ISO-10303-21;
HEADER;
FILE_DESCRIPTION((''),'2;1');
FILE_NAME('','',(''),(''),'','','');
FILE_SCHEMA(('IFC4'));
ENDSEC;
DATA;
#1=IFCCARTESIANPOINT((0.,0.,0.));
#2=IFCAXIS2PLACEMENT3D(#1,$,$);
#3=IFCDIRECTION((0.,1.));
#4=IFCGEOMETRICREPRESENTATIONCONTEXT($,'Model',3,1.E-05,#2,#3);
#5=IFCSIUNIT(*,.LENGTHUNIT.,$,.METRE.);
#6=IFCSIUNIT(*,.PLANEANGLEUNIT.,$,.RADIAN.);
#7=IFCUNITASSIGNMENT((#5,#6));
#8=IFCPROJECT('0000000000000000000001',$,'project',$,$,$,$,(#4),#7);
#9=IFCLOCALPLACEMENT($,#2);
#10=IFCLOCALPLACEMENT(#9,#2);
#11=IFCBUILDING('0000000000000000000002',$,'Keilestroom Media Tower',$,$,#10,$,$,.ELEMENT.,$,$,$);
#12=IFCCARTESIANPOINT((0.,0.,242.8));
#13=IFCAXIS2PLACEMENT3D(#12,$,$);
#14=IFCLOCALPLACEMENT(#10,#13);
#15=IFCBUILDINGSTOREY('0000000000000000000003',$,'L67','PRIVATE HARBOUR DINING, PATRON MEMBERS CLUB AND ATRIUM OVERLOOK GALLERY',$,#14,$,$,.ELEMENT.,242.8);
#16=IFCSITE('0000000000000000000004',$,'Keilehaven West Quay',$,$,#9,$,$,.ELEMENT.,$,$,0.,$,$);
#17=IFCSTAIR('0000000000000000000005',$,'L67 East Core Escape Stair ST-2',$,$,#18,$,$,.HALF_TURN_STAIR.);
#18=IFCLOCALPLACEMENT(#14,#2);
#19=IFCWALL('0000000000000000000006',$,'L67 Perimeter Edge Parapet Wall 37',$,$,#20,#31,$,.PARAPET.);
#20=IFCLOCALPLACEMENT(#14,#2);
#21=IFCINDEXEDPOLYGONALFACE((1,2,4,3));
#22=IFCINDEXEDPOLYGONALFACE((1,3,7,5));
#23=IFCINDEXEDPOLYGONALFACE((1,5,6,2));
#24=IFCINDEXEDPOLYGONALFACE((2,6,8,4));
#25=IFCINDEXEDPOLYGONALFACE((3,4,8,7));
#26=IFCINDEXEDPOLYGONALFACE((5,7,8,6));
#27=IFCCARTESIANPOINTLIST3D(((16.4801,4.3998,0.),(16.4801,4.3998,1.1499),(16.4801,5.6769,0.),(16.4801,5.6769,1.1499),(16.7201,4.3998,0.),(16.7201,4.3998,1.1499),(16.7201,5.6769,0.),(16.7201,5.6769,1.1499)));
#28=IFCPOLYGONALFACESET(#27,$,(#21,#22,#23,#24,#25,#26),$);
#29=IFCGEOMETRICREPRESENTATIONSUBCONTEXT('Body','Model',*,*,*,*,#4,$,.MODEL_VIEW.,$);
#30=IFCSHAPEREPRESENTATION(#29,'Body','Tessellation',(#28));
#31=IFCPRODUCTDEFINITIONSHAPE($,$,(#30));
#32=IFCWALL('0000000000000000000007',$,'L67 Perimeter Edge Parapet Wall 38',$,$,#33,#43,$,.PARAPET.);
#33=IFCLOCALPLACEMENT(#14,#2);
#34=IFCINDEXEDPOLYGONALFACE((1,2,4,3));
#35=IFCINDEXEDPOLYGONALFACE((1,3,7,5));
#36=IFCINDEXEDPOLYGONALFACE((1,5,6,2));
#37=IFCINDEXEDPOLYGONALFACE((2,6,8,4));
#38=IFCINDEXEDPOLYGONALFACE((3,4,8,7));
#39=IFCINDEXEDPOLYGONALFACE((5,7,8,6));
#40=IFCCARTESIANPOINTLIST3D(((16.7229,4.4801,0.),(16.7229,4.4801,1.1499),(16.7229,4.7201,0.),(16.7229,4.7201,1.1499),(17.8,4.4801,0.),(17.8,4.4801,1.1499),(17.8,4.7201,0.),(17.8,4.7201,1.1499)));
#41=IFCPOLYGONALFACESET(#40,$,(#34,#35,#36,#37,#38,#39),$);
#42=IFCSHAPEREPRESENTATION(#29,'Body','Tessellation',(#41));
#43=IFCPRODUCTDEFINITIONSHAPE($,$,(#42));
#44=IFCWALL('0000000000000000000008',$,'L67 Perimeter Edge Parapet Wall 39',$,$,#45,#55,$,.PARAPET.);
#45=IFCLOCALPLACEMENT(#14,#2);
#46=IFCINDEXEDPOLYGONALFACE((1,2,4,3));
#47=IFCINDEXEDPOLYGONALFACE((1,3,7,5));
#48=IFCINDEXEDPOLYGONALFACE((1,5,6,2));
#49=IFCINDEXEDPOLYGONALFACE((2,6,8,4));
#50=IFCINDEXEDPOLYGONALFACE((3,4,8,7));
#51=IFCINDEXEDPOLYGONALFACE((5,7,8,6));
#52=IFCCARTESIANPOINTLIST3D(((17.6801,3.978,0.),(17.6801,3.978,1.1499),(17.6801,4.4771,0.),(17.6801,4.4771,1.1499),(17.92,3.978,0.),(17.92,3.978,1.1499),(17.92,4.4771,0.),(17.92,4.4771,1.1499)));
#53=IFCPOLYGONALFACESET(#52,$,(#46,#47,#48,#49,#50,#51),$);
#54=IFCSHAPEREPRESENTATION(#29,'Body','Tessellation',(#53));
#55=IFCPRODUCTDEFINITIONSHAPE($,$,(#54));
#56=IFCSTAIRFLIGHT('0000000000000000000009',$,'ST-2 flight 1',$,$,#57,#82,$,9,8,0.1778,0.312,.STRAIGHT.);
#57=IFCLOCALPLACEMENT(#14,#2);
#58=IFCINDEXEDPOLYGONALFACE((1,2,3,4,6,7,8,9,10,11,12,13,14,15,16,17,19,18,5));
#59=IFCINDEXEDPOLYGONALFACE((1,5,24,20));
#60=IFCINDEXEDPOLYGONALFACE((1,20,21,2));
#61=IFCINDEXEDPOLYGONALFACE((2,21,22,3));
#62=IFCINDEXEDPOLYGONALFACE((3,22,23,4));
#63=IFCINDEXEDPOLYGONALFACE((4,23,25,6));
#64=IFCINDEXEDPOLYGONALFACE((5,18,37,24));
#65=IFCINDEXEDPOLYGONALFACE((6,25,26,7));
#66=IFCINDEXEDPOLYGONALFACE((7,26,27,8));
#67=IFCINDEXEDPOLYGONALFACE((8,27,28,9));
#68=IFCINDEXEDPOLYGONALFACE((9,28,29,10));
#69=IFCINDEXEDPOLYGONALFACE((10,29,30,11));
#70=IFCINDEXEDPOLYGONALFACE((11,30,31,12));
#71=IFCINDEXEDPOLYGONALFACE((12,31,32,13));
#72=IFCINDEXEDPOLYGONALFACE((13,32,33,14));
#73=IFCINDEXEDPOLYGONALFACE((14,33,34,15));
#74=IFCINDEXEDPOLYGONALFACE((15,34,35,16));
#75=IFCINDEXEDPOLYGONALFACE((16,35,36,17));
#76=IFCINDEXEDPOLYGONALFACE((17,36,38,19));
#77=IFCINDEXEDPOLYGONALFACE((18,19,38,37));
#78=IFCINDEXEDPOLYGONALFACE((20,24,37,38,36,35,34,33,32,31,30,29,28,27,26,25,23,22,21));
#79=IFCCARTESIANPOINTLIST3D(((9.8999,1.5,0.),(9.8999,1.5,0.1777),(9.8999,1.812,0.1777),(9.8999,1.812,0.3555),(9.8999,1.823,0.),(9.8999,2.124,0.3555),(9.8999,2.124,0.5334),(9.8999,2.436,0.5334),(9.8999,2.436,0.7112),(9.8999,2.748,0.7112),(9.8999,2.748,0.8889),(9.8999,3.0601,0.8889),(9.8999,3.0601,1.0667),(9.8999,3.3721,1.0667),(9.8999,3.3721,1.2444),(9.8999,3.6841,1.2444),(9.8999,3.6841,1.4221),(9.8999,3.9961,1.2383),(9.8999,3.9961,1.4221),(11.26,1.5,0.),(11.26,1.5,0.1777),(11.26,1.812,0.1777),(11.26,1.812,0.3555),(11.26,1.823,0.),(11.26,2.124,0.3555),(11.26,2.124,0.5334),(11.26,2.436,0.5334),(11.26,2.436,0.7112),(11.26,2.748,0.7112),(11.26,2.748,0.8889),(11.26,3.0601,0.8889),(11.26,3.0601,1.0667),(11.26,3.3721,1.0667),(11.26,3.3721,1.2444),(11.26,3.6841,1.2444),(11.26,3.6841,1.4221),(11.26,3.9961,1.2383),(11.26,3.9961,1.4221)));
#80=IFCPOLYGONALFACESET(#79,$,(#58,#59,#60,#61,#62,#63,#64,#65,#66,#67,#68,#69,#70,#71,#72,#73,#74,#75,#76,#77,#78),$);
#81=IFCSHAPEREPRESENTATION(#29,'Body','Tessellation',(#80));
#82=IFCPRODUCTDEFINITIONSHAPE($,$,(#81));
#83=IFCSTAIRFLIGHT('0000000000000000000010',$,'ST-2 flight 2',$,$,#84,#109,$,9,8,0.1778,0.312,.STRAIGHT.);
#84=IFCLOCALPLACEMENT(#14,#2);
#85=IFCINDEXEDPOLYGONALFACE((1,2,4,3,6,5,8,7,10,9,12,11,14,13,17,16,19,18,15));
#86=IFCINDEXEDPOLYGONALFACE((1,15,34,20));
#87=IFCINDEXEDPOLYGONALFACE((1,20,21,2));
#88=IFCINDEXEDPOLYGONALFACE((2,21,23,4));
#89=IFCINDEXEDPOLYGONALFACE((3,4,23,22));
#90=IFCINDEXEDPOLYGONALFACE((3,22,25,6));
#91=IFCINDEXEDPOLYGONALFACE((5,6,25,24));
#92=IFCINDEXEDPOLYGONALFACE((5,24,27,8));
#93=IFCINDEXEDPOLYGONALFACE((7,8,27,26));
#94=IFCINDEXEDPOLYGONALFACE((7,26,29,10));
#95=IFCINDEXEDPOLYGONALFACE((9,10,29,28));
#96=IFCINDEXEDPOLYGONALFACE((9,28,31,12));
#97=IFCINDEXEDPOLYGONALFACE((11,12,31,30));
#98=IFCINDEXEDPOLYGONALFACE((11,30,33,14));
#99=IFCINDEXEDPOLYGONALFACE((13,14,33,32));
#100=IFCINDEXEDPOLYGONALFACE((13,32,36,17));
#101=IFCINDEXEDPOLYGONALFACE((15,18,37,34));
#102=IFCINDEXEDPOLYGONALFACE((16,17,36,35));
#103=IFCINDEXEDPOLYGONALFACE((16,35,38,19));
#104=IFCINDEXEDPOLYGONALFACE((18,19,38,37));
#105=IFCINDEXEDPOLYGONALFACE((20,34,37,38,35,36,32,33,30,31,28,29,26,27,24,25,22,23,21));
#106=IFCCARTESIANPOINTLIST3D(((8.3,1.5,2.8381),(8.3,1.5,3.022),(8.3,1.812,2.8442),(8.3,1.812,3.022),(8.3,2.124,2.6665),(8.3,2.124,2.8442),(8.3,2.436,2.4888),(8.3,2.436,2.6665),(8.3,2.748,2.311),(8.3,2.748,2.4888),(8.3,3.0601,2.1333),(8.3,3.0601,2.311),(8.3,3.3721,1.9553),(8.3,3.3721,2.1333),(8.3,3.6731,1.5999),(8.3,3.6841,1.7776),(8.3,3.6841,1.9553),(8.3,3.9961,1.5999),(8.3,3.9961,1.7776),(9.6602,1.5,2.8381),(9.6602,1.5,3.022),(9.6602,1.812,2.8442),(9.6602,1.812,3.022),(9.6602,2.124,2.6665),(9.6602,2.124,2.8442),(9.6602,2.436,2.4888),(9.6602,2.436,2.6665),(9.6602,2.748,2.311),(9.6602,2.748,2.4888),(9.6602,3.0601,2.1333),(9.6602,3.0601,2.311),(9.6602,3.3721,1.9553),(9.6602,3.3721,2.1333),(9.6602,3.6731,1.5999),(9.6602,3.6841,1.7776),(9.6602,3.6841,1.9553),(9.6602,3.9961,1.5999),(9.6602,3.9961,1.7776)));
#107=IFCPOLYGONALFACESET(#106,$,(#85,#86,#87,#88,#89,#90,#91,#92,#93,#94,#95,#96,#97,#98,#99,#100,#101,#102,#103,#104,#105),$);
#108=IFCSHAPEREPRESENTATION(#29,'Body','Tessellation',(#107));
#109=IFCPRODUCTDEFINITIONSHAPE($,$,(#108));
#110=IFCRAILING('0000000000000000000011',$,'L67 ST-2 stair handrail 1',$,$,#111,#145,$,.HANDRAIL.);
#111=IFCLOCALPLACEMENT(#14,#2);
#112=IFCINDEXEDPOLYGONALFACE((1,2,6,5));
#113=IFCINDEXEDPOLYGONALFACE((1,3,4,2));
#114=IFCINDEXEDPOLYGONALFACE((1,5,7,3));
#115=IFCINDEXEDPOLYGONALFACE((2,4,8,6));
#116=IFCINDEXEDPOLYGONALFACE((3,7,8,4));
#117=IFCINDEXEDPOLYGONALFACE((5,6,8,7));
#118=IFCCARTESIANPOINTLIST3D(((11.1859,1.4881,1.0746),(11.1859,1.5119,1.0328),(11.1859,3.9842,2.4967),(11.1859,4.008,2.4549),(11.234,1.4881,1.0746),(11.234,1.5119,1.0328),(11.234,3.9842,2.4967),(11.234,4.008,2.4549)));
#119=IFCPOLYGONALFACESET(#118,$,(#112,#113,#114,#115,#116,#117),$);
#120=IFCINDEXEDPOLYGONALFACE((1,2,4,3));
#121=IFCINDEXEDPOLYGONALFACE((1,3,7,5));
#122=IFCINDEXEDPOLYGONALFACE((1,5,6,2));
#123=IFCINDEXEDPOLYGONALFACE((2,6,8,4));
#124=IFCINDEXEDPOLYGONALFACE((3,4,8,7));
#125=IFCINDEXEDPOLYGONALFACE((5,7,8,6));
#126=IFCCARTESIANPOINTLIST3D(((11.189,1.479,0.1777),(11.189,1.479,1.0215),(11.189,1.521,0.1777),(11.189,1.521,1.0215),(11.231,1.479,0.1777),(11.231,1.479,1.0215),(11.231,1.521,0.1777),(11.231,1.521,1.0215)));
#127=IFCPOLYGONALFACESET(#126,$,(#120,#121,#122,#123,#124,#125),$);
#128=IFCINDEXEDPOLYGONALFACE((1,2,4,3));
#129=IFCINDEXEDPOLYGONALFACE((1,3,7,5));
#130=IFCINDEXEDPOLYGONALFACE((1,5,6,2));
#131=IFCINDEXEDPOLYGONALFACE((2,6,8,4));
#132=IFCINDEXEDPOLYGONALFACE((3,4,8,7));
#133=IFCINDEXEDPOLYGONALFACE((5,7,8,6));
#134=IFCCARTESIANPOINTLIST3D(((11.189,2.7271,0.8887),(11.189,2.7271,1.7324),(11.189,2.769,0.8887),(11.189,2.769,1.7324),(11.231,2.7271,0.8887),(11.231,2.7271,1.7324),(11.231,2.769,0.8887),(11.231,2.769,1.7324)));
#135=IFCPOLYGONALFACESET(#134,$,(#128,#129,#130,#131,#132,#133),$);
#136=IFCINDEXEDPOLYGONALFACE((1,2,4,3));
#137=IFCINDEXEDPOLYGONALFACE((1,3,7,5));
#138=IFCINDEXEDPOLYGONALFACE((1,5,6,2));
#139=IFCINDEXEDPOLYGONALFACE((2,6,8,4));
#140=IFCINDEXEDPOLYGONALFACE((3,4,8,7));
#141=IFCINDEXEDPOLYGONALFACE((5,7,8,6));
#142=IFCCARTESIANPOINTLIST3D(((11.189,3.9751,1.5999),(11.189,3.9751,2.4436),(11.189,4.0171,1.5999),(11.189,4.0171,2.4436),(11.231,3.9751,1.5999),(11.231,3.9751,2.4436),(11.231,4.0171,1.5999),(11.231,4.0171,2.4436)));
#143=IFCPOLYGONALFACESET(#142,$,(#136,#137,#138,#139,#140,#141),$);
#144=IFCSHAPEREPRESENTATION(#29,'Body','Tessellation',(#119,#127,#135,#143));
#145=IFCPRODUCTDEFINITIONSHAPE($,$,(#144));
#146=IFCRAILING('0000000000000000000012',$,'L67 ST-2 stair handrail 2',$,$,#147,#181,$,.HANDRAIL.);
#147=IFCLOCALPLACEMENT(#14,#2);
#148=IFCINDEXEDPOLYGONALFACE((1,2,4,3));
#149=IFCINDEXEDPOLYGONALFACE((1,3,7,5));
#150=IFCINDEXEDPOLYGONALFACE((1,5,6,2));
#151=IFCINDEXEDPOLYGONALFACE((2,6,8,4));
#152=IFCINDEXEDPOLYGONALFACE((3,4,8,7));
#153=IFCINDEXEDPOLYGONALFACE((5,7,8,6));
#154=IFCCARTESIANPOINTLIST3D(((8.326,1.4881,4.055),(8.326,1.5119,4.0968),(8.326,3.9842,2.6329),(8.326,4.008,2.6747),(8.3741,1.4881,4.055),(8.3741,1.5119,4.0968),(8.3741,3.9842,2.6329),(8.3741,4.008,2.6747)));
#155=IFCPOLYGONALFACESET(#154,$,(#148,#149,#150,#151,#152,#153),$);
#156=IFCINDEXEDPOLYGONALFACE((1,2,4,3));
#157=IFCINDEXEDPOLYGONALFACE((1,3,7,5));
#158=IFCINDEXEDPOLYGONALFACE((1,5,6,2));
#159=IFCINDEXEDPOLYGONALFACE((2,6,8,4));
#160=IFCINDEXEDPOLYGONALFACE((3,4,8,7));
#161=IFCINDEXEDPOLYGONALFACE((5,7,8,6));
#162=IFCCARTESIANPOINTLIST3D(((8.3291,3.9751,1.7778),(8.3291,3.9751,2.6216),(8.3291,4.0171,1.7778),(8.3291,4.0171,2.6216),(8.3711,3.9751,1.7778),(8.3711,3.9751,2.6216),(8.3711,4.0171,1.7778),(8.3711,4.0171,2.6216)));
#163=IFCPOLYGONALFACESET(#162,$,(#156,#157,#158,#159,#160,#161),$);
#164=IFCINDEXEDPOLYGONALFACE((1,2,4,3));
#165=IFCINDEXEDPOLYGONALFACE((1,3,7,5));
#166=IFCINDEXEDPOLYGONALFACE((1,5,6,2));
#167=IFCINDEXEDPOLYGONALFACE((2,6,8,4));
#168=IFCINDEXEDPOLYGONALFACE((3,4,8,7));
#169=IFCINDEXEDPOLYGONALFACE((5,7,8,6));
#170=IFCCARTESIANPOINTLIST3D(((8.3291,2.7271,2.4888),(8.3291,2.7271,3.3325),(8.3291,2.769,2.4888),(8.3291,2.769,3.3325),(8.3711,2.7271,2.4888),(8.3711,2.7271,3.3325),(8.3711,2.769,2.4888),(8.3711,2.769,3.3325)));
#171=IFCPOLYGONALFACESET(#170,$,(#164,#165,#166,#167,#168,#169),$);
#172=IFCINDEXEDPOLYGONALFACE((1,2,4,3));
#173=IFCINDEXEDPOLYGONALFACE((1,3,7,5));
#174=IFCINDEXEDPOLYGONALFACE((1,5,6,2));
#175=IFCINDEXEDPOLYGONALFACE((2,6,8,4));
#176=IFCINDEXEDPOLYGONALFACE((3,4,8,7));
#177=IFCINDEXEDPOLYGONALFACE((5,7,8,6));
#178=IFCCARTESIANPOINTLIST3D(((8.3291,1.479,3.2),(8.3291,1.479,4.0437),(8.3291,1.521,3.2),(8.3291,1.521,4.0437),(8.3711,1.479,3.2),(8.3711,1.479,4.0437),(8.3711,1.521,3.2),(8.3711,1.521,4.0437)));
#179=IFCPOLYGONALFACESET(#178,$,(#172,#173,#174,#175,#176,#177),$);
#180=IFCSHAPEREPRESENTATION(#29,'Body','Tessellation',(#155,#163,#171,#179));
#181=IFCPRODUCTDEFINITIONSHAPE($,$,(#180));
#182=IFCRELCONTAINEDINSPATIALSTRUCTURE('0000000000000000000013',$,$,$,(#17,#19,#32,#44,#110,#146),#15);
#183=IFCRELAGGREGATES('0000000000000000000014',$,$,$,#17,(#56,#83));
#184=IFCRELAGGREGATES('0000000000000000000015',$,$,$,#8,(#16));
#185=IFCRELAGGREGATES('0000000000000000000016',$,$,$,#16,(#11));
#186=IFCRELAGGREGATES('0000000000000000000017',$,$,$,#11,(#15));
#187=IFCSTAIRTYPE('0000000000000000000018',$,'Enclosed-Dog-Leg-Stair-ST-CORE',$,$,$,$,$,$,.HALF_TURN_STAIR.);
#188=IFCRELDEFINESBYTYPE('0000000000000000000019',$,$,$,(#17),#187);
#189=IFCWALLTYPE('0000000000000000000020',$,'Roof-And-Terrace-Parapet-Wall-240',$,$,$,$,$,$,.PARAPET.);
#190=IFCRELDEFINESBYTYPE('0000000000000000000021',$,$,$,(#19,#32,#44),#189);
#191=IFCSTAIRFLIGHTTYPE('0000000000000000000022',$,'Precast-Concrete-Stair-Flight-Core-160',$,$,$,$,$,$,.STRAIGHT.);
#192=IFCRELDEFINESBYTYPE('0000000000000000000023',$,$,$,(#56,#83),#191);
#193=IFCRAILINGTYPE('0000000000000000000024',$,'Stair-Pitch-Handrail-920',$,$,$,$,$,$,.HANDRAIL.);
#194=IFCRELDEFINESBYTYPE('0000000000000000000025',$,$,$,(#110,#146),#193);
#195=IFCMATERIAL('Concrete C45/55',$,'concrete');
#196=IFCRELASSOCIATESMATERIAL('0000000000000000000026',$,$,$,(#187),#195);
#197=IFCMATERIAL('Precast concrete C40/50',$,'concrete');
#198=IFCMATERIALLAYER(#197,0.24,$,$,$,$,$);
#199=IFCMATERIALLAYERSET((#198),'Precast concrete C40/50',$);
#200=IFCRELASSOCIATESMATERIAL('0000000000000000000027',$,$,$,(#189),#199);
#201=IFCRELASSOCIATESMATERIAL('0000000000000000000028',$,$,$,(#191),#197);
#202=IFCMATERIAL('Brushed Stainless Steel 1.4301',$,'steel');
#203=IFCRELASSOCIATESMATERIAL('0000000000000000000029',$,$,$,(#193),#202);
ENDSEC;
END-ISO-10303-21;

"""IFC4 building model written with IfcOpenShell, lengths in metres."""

from ifc_helpers import new_model, si_unit, direction, frame, frame_2d, origin, origin_2d, place, context, subcontext, project, spatial, polyline, rectangle, outline, extrude, material, layer, layer_set, type_object, element, aggregate, save


model = new_model("IFC4")

# Units and contexts
model_context = context("Model", 3, precision=1e-05, world=origin(), true_north=direction((0.0, 1.0)))
body_context = subcontext(model_context, "Body", "Model", "MODEL_VIEW")
ifc_project = project(units=[si_unit("LENGTHUNIT", "METRE"), si_unit("PLANEANGLEUNIT", "RADIAN")], contexts=[model_context])

# Site, building, storey
site_placement = place(None, origin())
site = spatial("IfcSite", under=ifc_project, at=site_placement, Name="Keilehaven West Quay", CompositionType="ELEMENT", RefElevation=0.0)
building_placement = place(site_placement, origin())
building = spatial("IfcBuilding", under=site, at=building_placement, Name="Keilestroom Media Tower", CompositionType="ELEMENT")
storey_placement = place(building_placement, frame((0.0, 0.0, 242.8)))
storey = spatial("IfcBuildingStorey", under=building, at=storey_placement, Name="L67", Description="PRIVATE HARBOUR DINING, PATRON MEMBERS CLUB AND ATRIUM OVERLOOK GALLERY", CompositionType="ELEMENT", Elevation=242.8)

# Shared definitions
ifc_material_1 = material(Name="Precast concrete C40/50", Category="concrete")

# Stair
ifc_material_2 = material(Name="Concrete C45/55", Category="concrete")
stair_type = type_object("IfcStairType", Name="Enclosed-Dog-Leg-Stair-ST-CORE", PredefinedType="HALF_TURN_STAIR", material=ifc_material_2)
stair_placement = place(storey_placement, origin())
stair = element("IfcStair", 1, at=stair_placement, inside=storey, type_object=stair_type, Name="L67 East Core Escape Stair ST-2", PredefinedType="HALF_TURN_STAIR")

# Walls
ifc_layer_1 = layer(ifc_material_1, 0.24)
ifc_layer_set_1 = layer_set([ifc_layer_1], Name="Precast concrete C40/50")
wall_type_1 = type_object("IfcWallType", Name="Roof-And-Terrace-Parapet-Wall-240", PredefinedType="PARAPET", material=ifc_layer_set_1)
wall_1_placement = place(storey_placement, frame((16.6001, 5.677, 0.0), z_axis=(0.0, 0.0, 1.0), x_axis=(0.0, -1.0, 0.0)))
element("IfcWall", 2, at=wall_1_placement, inside=storey, type_object=wall_type_1, Name="L67 Perimeter Edge Parapet Wall 37", PredefinedType="PARAPET", context=body_context, shape_type="SweptSolid", body=[
    extrude(rectangle(XDim=1.2771, YDim=0.24, at=frame_2d((0.6387, 0.0))), origin(), (0.0, 0.0, 1.0), 1.1499),
])
wall_2_placement = place(storey_placement, frame((16.7229, 4.6001, 0.0), z_axis=(0.0, 0.0, 1.0), x_axis=(1.0, 0.0, 0.0)))
element("IfcWall", 3, at=wall_2_placement, inside=storey, type_object=wall_type_1, Name="L67 Perimeter Edge Parapet Wall 38", PredefinedType="PARAPET", context=body_context, shape_type="SweptSolid", body=[
    extrude(rectangle(XDim=1.0771, YDim=0.24, at=frame_2d((0.5386, 0.0))), origin(), (0.0, 0.0, 1.0), 1.1499),
])
wall_3_placement = place(storey_placement, frame((17.8, 4.4771, 0.0), z_axis=(0.0, 0.0, 1.0), x_axis=(0.0, -1.0, 0.0)))
element("IfcWall", 4, at=wall_3_placement, inside=storey, type_object=wall_type_1, Name="L67 Perimeter Edge Parapet Wall 39", PredefinedType="PARAPET", context=body_context, shape_type="SweptSolid", body=[
    extrude(rectangle(XDim=0.499, YDim=0.24, at=frame_2d((0.2495, 0.0))), origin(), (0.0, 0.0, 1.0), 1.1499),
])

# Stair flights
stair_flight_type = type_object("IfcStairFlightType", Name="Precast-Concrete-Stair-Flight-Core-160", PredefinedType="STRAIGHT", material=ifc_material_1)
stair_flight_1_placement = place(storey_placement, frame((10.5801, 1.5, 0.0), z_axis=(0.0, 0.0, 1.0), x_axis=(0.0, 1.0, 0.0)))
stair_flight_1 = element("IfcStairFlight", 5, at=stair_flight_1_placement, type_object=stair_flight_type, Name="ST-2 flight 1", NumberOfRisers=9, NumberOfTreads=8, PredefinedType="STRAIGHT", RiserHeight=0.1778, TreadLength=0.312, context=body_context, shape_type="SweptSolid", body=[
    extrude(outline(polyline([(0.0, 0.0), (0.0, 0.1777), (0.312, 0.1777), (0.312, 0.3555), (0.624, 0.3555), (0.624, 0.5334), (0.936, 0.5334), (0.936, 0.7112), (1.248, 0.7112), (1.248, 0.8889), (1.5601, 0.8889), (1.5601, 1.0667), (1.8721, 1.0667), (1.8721, 1.2444), (2.1841, 1.2444), (2.1841, 1.4221), (2.4961, 1.4221), (2.4961, 1.6001), (2.4961, 1.2383), (0.323, 0.0), (0.0, 0.0)])), frame((0.0, 0.6802, 0.0), z_axis=(0.0, -1.0, 0.0), x_axis=(1.0, 0.0, 0.0)), (0.0, 0.0, 1.0), 1.3601),
])
stair_flight_2_placement = place(storey_placement, frame((8.98, 3.9961, 1.5999), z_axis=(0.0, 0.0, 1.0), x_axis=(0.0, -1.0, 0.0)))
stair_flight_2 = element("IfcStairFlight", 6, at=stair_flight_2_placement, type_object=stair_flight_type, Name="ST-2 flight 2", NumberOfRisers=9, NumberOfTreads=8, PredefinedType="STRAIGHT", RiserHeight=0.1778, TreadLength=0.312, context=body_context, shape_type="SweptSolid", body=[
    extrude(outline(polyline([(0.0, 0.0), (0.0, 0.1777), (0.312, 0.1777), (0.312, 0.3555), (0.624, 0.3555), (0.624, 0.5334), (0.936, 0.5334), (0.936, 0.7112), (1.248, 0.7112), (1.248, 0.8889), (1.5601, 0.8889), (1.5601, 1.0667), (1.8721, 1.0667), (1.8721, 1.2444), (2.1841, 1.2444), (2.1841, 1.4221), (2.4961, 1.4221), (2.4961, 1.6001), (2.4961, 1.2383), (0.323, 0.0), (0.0, 0.0)])), frame((0.0, 0.6802, 0.0), z_axis=(0.0, -1.0, 0.0), x_axis=(1.0, 0.0, 0.0)), (0.0, 0.0, 1.0), 1.3601),
])
aggregate(stair, [stair_flight_1, stair_flight_2])

# Railings
ifc_material_3 = material(Name="Brushed Stainless Steel 1.4301", Category="steel")
railing_type_1 = type_object("IfcRailingType", Name="Stair-Pitch-Handrail-920", PredefinedType="HANDRAIL", material=ifc_material_3)
railing_1_placement = place(storey_placement, frame((11.21, 1.5, 0.1777)))
element("IfcRailing", 7, at=railing_1_placement, inside=storey, type_object=railing_type_1, Name="L67 ST-2 stair handrail 1", PredefinedType="HANDRAIL", context=body_context, shape_type="SweptSolid", body=[
    extrude(rectangle(XDim=0.0481, YDim=0.0481, at=origin_2d()), frame((0.0, 0.0, 0.876), z_axis=(0.0, 0.868875, 0.495031), x_axis=(-1.0, 0.0, 0.0)), (0.0, 0.0, 1.0), 2.8728),
    extrude(rectangle(XDim=0.042, YDim=0.042, at=origin_2d()), origin(), (0.0, 0.0, 1.0), 0.8438),
    extrude(rectangle(XDim=0.042, YDim=0.042, at=origin_2d()), frame((0.0, 1.248, 0.7109)), (0.0, 0.0, 1.0), 0.8438),
    extrude(rectangle(XDim=0.042, YDim=0.042, at=origin_2d()), frame((0.0, 2.4961, 1.4221)), (0.0, 0.0, 1.0), 0.8438),
])
railing_2_placement = place(storey_placement, frame((8.3501, 3.9961, 1.7778)))
element("IfcRailing", 8, at=railing_2_placement, inside=storey, type_object=railing_type_1, Name="L67 ST-2 stair handrail 2", PredefinedType="HANDRAIL", context=body_context, shape_type="SweptSolid", body=[
    extrude(rectangle(XDim=0.0481, YDim=0.0481, at=origin_2d()), frame((0.0, 0.0, 0.876), z_axis=(0.0, -0.868875, 0.495031), x_axis=(1.0, 0.0, 0.0)), (0.0, 0.0, 1.0), 2.8728),
    extrude(rectangle(XDim=0.042, YDim=0.042, at=origin_2d()), origin(), (0.0, 0.0, 1.0), 0.8438),
    extrude(rectangle(XDim=0.042, YDim=0.042, at=origin_2d()), frame((0.0, -1.248, 0.7109)), (0.0, 0.0, 1.0), 0.8438),
    extrude(rectangle(XDim=0.042, YDim=0.042, at=origin_2d()), frame((0.0, -2.4961, 1.4221)), (0.0, 0.0, 1.0), 0.8438),
])

save(model, "model.ifc")
